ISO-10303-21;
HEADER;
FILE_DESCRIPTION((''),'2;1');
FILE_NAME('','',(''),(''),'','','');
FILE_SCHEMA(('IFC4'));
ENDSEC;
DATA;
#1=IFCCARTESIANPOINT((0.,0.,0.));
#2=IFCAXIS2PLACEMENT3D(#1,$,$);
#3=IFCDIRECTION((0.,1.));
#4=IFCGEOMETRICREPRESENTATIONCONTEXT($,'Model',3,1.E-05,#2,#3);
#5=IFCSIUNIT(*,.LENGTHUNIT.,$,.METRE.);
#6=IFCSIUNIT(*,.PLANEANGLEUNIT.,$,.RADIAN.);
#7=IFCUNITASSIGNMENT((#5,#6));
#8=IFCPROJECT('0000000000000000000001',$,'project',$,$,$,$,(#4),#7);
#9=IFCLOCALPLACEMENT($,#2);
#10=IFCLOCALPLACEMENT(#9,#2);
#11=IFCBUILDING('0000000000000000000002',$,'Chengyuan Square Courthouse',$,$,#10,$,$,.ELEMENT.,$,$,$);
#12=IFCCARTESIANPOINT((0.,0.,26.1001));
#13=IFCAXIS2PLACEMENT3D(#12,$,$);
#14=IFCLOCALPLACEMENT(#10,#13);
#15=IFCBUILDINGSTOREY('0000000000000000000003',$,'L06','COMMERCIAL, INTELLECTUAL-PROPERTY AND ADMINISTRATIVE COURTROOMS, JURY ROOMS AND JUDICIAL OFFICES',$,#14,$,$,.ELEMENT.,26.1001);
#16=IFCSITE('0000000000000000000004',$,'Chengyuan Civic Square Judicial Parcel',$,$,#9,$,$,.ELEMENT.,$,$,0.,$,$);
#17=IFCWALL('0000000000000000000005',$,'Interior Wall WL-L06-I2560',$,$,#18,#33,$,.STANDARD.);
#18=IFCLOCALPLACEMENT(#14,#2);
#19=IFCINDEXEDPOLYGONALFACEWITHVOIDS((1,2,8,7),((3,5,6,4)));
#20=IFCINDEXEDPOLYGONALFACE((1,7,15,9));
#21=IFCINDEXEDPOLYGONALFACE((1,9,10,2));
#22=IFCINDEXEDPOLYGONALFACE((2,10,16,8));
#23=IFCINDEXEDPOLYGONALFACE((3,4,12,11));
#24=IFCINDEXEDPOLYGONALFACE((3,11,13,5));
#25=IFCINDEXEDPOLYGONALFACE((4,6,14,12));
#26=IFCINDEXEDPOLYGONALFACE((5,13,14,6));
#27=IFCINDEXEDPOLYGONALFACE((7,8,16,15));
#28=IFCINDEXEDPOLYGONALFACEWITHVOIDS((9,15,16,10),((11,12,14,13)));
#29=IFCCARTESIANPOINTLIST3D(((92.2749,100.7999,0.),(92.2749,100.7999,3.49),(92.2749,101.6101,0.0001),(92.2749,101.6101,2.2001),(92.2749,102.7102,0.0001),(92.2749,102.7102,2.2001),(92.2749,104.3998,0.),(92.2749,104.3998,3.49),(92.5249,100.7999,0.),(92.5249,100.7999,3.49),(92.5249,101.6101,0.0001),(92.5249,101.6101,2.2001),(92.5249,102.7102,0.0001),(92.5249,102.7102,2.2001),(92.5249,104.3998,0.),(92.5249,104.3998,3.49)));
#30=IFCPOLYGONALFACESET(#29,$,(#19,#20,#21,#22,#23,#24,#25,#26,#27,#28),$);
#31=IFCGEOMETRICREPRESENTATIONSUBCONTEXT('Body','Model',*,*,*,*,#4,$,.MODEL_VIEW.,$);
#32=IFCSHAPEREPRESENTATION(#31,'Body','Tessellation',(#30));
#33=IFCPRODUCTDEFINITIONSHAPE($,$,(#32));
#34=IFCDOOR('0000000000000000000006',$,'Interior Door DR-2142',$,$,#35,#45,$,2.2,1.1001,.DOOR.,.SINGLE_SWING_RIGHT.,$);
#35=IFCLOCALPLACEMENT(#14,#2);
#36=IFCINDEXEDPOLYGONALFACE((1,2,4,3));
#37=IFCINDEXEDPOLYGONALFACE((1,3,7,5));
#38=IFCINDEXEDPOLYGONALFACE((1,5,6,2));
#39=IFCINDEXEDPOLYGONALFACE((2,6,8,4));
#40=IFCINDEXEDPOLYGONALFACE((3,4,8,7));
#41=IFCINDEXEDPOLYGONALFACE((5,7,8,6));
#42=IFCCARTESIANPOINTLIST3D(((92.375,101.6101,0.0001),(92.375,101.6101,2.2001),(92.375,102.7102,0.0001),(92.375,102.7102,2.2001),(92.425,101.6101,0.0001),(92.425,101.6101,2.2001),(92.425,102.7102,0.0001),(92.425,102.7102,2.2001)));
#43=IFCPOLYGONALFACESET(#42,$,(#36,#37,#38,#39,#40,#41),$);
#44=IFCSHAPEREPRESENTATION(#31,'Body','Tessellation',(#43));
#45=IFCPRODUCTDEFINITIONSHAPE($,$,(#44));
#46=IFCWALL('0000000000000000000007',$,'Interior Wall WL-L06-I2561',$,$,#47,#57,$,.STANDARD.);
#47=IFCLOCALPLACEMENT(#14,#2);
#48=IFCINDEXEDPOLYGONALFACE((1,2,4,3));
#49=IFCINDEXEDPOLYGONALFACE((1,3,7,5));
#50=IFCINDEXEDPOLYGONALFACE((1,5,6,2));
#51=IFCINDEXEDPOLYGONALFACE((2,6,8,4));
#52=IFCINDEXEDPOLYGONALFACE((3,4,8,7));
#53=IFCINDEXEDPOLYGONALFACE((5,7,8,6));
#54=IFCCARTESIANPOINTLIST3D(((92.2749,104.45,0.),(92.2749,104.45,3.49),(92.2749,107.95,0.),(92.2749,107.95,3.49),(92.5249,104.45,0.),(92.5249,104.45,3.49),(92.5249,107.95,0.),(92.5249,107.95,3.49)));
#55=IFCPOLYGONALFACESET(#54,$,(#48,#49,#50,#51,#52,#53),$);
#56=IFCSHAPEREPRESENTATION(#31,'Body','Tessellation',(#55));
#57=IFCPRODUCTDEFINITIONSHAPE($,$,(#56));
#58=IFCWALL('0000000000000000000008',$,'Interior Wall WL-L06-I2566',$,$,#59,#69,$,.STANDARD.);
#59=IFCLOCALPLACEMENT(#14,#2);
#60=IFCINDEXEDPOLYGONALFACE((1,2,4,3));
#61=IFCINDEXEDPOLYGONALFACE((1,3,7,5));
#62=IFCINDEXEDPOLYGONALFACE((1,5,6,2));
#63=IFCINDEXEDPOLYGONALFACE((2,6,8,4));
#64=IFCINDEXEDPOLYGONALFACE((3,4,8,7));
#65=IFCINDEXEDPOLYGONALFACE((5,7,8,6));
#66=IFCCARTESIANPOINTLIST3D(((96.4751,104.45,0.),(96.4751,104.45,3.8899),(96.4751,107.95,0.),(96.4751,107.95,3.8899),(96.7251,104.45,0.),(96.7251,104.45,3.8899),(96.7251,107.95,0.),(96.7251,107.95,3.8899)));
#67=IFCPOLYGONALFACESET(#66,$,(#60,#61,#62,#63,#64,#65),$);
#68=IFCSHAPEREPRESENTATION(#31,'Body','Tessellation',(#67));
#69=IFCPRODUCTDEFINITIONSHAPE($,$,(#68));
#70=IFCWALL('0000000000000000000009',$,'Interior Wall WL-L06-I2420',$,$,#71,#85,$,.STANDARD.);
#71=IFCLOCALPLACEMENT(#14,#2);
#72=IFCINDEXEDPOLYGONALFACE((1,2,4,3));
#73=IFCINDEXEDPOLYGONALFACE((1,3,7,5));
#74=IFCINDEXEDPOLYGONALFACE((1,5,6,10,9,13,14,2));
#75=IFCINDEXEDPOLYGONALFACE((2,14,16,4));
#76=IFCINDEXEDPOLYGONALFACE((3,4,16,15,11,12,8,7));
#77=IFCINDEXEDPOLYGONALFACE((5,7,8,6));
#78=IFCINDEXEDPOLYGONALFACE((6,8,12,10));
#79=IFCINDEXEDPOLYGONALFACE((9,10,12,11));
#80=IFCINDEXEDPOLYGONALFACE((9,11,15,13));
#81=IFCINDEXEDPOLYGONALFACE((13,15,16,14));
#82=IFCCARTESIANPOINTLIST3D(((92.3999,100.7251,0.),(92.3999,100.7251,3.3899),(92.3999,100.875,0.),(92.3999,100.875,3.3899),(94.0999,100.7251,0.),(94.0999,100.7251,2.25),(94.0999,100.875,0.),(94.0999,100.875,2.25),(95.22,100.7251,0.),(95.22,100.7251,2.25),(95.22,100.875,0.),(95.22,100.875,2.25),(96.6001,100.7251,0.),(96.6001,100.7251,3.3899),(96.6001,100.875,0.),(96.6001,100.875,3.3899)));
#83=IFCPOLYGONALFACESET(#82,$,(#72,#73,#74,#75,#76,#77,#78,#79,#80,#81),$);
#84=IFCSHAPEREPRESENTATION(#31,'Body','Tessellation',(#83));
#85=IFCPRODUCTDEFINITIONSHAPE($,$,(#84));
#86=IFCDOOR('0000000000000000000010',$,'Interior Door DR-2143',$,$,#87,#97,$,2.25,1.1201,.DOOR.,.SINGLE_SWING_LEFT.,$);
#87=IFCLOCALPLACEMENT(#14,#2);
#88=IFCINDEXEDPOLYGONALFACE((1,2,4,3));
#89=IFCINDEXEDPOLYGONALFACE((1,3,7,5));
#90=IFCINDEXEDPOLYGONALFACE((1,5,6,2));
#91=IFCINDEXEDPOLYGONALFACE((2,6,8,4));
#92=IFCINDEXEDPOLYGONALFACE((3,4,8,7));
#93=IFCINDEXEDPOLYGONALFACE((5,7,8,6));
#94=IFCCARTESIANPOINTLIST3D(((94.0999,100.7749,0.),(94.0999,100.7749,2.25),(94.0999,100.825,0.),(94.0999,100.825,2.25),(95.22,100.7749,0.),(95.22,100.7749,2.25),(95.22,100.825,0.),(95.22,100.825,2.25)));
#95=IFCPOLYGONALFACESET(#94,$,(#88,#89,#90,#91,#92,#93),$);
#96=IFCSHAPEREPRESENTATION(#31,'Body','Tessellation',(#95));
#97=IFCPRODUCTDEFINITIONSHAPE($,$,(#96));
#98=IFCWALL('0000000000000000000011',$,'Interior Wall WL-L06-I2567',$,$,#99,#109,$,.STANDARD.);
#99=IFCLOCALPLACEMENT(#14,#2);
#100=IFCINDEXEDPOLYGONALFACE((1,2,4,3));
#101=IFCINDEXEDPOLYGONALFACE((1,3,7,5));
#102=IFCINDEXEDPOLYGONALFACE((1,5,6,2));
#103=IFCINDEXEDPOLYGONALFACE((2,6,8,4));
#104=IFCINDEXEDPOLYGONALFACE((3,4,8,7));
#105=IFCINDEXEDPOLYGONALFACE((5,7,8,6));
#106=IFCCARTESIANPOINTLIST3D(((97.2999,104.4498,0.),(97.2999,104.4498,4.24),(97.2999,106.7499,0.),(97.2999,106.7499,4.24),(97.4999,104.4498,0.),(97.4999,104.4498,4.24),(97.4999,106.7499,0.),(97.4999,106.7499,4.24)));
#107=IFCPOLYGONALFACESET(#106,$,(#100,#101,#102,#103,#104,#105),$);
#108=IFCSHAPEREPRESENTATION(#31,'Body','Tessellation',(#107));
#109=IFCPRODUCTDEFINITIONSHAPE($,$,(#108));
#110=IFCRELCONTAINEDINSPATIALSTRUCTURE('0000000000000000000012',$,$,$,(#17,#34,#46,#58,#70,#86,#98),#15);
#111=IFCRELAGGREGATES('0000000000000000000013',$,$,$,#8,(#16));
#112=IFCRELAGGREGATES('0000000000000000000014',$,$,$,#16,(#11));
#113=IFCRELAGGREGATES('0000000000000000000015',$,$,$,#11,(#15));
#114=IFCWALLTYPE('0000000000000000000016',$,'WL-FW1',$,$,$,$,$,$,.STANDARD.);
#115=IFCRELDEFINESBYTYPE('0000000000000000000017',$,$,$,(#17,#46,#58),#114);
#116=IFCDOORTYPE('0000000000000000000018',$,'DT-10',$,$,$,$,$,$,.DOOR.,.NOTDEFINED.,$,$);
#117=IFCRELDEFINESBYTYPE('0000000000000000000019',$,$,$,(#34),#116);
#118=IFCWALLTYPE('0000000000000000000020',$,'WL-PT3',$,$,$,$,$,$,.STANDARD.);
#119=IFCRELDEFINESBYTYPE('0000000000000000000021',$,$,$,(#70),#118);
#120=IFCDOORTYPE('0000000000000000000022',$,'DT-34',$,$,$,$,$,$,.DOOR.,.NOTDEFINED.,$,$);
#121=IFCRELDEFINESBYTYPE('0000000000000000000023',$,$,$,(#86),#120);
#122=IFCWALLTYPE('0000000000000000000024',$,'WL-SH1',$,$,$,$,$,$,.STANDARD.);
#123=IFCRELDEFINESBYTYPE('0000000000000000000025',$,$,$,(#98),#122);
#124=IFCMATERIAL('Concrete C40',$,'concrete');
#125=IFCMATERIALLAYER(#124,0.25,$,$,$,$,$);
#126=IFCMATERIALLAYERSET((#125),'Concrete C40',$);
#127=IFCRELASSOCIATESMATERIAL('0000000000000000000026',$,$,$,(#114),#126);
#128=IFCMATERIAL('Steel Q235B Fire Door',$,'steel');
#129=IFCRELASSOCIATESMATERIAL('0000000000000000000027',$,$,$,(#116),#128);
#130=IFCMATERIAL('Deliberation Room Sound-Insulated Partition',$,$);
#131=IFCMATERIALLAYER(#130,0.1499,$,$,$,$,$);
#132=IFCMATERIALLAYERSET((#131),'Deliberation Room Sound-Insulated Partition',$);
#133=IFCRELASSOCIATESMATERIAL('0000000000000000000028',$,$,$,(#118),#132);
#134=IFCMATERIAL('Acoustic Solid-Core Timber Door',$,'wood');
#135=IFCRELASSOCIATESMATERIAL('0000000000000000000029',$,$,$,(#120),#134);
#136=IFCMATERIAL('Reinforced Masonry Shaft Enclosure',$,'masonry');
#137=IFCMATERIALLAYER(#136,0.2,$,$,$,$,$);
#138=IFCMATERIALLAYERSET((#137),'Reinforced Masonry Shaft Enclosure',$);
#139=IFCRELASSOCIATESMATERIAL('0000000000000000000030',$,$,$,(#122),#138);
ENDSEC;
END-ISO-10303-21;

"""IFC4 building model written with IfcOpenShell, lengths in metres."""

from ifc_helpers import new_model, si_unit, direction, frame, frame_2d, origin, place, context, subcontext, project, spatial, rectangle, extrude, material, layer, layer_set, type_object, element, fill, save


model = new_model("IFC4")

# Units and contexts
model_context = context("Model", 3, precision=1e-05, world=origin(), true_north=direction((0.0, 1.0)))
body_context = subcontext(model_context, "Body", "Model", "MODEL_VIEW")
ifc_project = project(units=[si_unit("LENGTHUNIT", "METRE"), si_unit("PLANEANGLEUNIT", "RADIAN")], contexts=[model_context])

# Site, building, storey
site_placement = place(None, origin())
site = spatial("IfcSite", under=ifc_project, at=site_placement, Name="Chengyuan Civic Square Judicial Parcel", CompositionType="ELEMENT", RefElevation=0.0)
building_placement = place(site_placement, origin())
building = spatial("IfcBuilding", under=site, at=building_placement, Name="Chengyuan Square Courthouse", CompositionType="ELEMENT")
storey_placement = place(building_placement, frame((0.0, 0.0, 26.1001)))
storey = spatial("IfcBuildingStorey", under=building, at=storey_placement, Name="L06", Description="COMMERCIAL, INTELLECTUAL-PROPERTY AND ADMINISTRATIVE COURTROOMS, JURY ROOMS AND JUDICIAL OFFICES", CompositionType="ELEMENT", Elevation=26.1001)

# Shared definitions
ifc_material_1 = material(Name="Concrete C40", Category="concrete")

# Wall, opening, door
ifc_layer_1 = layer(ifc_material_1, 0.25)
ifc_layer_set_1 = layer_set([ifc_layer_1], Name="Concrete C40")
wall_type_1 = type_object("IfcWallType", Name="WL-FW1", PredefinedType="STANDARD", material=ifc_layer_set_1)
ifc_material_2 = material(Name="Steel Q235B Fire Door", Category="steel")
wall_1_placement = place(storey_placement, frame((92.3999, 100.8, 0.0), z_axis=(0.0, 0.0, 1.0), x_axis=(0.0, 1.0, 0.0)))
wall_1 = element("IfcWall", 1, at=wall_1_placement, inside=storey, type_object=wall_type_1, Name="Interior Wall WL-L06-I2560", PredefinedType="STANDARD", context=body_context, shape_type="SweptSolid", body=[
    extrude(rectangle(XDim=3.5999, YDim=0.25, at=frame_2d((1.7998, 0.0))), origin(), (0.0, 0.0, 1.0), 3.49),
])
opening_1_placement = place(wall_1_placement, frame((0.8101, 0.0, 0.0)))
opening_1 = element("IfcOpeningElement", 2, at=opening_1_placement, cuts=wall_1, PredefinedType="OPENING", context=body_context, shape_type="SweptSolid", body=[
    extrude(rectangle(XDim=1.1001, YDim=2.2, at=frame_2d((0.55, 1.1001))), frame((0.0, 0.137, 0.0), z_axis=(0.0, -1.0, 0.0), x_axis=(1.0, 0.0, 0.0)), (0.0, 0.0, 1.0), 0.2739),
])
door_type_1 = type_object("IfcDoorType", Name="DT-10", OperationType="NOTDEFINED", PredefinedType="DOOR", material=ifc_material_2)
door_1_placement = place(opening_1_placement, origin())
door_1 = element("IfcDoor", 3, at=door_1_placement, inside=storey, type_object=door_type_1, Name="Interior Door DR-2142", OperationType="SINGLE_SWING_RIGHT", OverallHeight=2.2, OverallWidth=1.1001, PredefinedType="DOOR", context=body_context, shape_type="SweptSolid", body=[
    extrude(rectangle(XDim=1.1001, YDim=2.2, at=frame_2d((0.55, 1.1001))), frame((0.0, 0.0249, 0.0), z_axis=(0.0, -1.0, 0.0), x_axis=(1.0, 0.0, 0.0)), (0.0, 0.0, 1.0), 0.05),
])
fill(opening_1, door_1)

# Wall
wall_2_placement = place(storey_placement, frame((92.3999, 104.45, 0.0), z_axis=(0.0, 0.0, 1.0), x_axis=(0.0, 1.0, 0.0)))
element("IfcWall", 4, at=wall_2_placement, inside=storey, type_object=wall_type_1, Name="Interior Wall WL-L06-I2561", PredefinedType="STANDARD", context=body_context, shape_type="SweptSolid", body=[
    extrude(rectangle(XDim=3.5, YDim=0.25, at=frame_2d((1.75, 0.0))), origin(), (0.0, 0.0, 1.0), 3.49),
])

# Wall
wall_3_placement = place(storey_placement, frame((96.6001, 104.45, 0.0), z_axis=(0.0, 0.0, 1.0), x_axis=(0.0, 1.0, 0.0)))
element("IfcWall", 5, at=wall_3_placement, inside=storey, type_object=wall_type_1, Name="Interior Wall WL-L06-I2566", PredefinedType="STANDARD", context=body_context, shape_type="SweptSolid", body=[
    extrude(rectangle(XDim=3.5, YDim=0.25, at=frame_2d((1.75, 0.0))), origin(), (0.0, 0.0, 1.0), 3.8899),
])

# Wall, opening, door
ifc_material_3 = material(Name="Deliberation Room Sound-Insulated Partition")
ifc_layer_2 = layer(ifc_material_3, 0.1499)
ifc_layer_set_2 = layer_set([ifc_layer_2], Name="Deliberation Room Sound-Insulated Partition")
wall_type_2 = type_object("IfcWallType", Name="WL-PT3", PredefinedType="STANDARD", material=ifc_layer_set_2)
wall_4_placement = place(storey_placement, frame((92.3999, 100.8, 0.0), z_axis=(0.0, 0.0, 1.0), x_axis=(1.0, 0.0, 0.0)))
wall_4 = element("IfcWall", 6, at=wall_4_placement, inside=storey, type_object=wall_type_2, Name="Interior Wall WL-L06-I2420", PredefinedType="STANDARD", context=body_context, shape_type="SweptSolid", body=[
    extrude(rectangle(XDim=4.2002, YDim=0.1499, at=frame_2d((2.1001, 0.0))), origin(), (0.0, 0.0, 1.0), 3.3899),
])
opening_2_placement = place(wall_4_placement, frame((1.7, 0.0, 0.0)))
opening_2 = element("IfcOpeningElement", 7, at=opening_2_placement, cuts=wall_4, PredefinedType="OPENING", context=body_context, shape_type="SweptSolid", body=[
    extrude(rectangle(XDim=1.1201, YDim=2.25, at=frame_2d((0.5601, 1.125))), frame((0.0, 0.0869, 0.0), z_axis=(0.0, -1.0, 0.0), x_axis=(1.0, 0.0, 0.0)), (0.0, 0.0, 1.0), 0.1738),
])
ifc_material_4 = material(Name="Acoustic Solid-Core Timber Door", Category="wood")
door_type_2 = type_object("IfcDoorType", Name="DT-34", OperationType="NOTDEFINED", PredefinedType="DOOR", material=ifc_material_4)
door_2_placement = place(opening_2_placement, origin())
door_2 = element("IfcDoor", 8, at=door_2_placement, inside=storey, type_object=door_type_2, Name="Interior Door DR-2143", OperationType="SINGLE_SWING_LEFT", OverallHeight=2.25, OverallWidth=1.1201, PredefinedType="DOOR", context=body_context, shape_type="SweptSolid", body=[
    extrude(rectangle(XDim=1.1201, YDim=2.25, at=frame_2d((0.5601, 1.125))), frame((0.0, 0.0249, 0.0), z_axis=(0.0, -1.0, 0.0), x_axis=(1.0, 0.0, 0.0)), (0.0, 0.0, 1.0), 0.05),
])
fill(opening_2, door_2)
ifc_material_5 = material(Name="Reinforced Masonry Shaft Enclosure", Category="masonry")
ifc_layer_3 = layer(ifc_material_5, 0.2)
ifc_layer_set_3 = layer_set([ifc_layer_3], Name="Reinforced Masonry Shaft Enclosure")
wall_type_3 = type_object("IfcWallType", Name="WL-SH1", PredefinedType="STANDARD", material=ifc_layer_set_3)

# Wall
wall_5_placement = place(storey_placement, frame((97.3999, 104.45, 0.0), z_axis=(0.0, 0.0, 1.0), x_axis=(0.0, 1.0, 0.0)))
element("IfcWall", 9, at=wall_5_placement, inside=storey, type_object=wall_type_3, Name="Interior Wall WL-L06-I2567", PredefinedType="STANDARD", context=body_context, shape_type="SweptSolid", body=[
    extrude(rectangle(XDim=2.3, YDim=0.2, at=frame_2d((1.1499, 0.0))), origin(), (0.0, 0.0, 1.0), 4.24),
])

save(model, "model.ifc")
